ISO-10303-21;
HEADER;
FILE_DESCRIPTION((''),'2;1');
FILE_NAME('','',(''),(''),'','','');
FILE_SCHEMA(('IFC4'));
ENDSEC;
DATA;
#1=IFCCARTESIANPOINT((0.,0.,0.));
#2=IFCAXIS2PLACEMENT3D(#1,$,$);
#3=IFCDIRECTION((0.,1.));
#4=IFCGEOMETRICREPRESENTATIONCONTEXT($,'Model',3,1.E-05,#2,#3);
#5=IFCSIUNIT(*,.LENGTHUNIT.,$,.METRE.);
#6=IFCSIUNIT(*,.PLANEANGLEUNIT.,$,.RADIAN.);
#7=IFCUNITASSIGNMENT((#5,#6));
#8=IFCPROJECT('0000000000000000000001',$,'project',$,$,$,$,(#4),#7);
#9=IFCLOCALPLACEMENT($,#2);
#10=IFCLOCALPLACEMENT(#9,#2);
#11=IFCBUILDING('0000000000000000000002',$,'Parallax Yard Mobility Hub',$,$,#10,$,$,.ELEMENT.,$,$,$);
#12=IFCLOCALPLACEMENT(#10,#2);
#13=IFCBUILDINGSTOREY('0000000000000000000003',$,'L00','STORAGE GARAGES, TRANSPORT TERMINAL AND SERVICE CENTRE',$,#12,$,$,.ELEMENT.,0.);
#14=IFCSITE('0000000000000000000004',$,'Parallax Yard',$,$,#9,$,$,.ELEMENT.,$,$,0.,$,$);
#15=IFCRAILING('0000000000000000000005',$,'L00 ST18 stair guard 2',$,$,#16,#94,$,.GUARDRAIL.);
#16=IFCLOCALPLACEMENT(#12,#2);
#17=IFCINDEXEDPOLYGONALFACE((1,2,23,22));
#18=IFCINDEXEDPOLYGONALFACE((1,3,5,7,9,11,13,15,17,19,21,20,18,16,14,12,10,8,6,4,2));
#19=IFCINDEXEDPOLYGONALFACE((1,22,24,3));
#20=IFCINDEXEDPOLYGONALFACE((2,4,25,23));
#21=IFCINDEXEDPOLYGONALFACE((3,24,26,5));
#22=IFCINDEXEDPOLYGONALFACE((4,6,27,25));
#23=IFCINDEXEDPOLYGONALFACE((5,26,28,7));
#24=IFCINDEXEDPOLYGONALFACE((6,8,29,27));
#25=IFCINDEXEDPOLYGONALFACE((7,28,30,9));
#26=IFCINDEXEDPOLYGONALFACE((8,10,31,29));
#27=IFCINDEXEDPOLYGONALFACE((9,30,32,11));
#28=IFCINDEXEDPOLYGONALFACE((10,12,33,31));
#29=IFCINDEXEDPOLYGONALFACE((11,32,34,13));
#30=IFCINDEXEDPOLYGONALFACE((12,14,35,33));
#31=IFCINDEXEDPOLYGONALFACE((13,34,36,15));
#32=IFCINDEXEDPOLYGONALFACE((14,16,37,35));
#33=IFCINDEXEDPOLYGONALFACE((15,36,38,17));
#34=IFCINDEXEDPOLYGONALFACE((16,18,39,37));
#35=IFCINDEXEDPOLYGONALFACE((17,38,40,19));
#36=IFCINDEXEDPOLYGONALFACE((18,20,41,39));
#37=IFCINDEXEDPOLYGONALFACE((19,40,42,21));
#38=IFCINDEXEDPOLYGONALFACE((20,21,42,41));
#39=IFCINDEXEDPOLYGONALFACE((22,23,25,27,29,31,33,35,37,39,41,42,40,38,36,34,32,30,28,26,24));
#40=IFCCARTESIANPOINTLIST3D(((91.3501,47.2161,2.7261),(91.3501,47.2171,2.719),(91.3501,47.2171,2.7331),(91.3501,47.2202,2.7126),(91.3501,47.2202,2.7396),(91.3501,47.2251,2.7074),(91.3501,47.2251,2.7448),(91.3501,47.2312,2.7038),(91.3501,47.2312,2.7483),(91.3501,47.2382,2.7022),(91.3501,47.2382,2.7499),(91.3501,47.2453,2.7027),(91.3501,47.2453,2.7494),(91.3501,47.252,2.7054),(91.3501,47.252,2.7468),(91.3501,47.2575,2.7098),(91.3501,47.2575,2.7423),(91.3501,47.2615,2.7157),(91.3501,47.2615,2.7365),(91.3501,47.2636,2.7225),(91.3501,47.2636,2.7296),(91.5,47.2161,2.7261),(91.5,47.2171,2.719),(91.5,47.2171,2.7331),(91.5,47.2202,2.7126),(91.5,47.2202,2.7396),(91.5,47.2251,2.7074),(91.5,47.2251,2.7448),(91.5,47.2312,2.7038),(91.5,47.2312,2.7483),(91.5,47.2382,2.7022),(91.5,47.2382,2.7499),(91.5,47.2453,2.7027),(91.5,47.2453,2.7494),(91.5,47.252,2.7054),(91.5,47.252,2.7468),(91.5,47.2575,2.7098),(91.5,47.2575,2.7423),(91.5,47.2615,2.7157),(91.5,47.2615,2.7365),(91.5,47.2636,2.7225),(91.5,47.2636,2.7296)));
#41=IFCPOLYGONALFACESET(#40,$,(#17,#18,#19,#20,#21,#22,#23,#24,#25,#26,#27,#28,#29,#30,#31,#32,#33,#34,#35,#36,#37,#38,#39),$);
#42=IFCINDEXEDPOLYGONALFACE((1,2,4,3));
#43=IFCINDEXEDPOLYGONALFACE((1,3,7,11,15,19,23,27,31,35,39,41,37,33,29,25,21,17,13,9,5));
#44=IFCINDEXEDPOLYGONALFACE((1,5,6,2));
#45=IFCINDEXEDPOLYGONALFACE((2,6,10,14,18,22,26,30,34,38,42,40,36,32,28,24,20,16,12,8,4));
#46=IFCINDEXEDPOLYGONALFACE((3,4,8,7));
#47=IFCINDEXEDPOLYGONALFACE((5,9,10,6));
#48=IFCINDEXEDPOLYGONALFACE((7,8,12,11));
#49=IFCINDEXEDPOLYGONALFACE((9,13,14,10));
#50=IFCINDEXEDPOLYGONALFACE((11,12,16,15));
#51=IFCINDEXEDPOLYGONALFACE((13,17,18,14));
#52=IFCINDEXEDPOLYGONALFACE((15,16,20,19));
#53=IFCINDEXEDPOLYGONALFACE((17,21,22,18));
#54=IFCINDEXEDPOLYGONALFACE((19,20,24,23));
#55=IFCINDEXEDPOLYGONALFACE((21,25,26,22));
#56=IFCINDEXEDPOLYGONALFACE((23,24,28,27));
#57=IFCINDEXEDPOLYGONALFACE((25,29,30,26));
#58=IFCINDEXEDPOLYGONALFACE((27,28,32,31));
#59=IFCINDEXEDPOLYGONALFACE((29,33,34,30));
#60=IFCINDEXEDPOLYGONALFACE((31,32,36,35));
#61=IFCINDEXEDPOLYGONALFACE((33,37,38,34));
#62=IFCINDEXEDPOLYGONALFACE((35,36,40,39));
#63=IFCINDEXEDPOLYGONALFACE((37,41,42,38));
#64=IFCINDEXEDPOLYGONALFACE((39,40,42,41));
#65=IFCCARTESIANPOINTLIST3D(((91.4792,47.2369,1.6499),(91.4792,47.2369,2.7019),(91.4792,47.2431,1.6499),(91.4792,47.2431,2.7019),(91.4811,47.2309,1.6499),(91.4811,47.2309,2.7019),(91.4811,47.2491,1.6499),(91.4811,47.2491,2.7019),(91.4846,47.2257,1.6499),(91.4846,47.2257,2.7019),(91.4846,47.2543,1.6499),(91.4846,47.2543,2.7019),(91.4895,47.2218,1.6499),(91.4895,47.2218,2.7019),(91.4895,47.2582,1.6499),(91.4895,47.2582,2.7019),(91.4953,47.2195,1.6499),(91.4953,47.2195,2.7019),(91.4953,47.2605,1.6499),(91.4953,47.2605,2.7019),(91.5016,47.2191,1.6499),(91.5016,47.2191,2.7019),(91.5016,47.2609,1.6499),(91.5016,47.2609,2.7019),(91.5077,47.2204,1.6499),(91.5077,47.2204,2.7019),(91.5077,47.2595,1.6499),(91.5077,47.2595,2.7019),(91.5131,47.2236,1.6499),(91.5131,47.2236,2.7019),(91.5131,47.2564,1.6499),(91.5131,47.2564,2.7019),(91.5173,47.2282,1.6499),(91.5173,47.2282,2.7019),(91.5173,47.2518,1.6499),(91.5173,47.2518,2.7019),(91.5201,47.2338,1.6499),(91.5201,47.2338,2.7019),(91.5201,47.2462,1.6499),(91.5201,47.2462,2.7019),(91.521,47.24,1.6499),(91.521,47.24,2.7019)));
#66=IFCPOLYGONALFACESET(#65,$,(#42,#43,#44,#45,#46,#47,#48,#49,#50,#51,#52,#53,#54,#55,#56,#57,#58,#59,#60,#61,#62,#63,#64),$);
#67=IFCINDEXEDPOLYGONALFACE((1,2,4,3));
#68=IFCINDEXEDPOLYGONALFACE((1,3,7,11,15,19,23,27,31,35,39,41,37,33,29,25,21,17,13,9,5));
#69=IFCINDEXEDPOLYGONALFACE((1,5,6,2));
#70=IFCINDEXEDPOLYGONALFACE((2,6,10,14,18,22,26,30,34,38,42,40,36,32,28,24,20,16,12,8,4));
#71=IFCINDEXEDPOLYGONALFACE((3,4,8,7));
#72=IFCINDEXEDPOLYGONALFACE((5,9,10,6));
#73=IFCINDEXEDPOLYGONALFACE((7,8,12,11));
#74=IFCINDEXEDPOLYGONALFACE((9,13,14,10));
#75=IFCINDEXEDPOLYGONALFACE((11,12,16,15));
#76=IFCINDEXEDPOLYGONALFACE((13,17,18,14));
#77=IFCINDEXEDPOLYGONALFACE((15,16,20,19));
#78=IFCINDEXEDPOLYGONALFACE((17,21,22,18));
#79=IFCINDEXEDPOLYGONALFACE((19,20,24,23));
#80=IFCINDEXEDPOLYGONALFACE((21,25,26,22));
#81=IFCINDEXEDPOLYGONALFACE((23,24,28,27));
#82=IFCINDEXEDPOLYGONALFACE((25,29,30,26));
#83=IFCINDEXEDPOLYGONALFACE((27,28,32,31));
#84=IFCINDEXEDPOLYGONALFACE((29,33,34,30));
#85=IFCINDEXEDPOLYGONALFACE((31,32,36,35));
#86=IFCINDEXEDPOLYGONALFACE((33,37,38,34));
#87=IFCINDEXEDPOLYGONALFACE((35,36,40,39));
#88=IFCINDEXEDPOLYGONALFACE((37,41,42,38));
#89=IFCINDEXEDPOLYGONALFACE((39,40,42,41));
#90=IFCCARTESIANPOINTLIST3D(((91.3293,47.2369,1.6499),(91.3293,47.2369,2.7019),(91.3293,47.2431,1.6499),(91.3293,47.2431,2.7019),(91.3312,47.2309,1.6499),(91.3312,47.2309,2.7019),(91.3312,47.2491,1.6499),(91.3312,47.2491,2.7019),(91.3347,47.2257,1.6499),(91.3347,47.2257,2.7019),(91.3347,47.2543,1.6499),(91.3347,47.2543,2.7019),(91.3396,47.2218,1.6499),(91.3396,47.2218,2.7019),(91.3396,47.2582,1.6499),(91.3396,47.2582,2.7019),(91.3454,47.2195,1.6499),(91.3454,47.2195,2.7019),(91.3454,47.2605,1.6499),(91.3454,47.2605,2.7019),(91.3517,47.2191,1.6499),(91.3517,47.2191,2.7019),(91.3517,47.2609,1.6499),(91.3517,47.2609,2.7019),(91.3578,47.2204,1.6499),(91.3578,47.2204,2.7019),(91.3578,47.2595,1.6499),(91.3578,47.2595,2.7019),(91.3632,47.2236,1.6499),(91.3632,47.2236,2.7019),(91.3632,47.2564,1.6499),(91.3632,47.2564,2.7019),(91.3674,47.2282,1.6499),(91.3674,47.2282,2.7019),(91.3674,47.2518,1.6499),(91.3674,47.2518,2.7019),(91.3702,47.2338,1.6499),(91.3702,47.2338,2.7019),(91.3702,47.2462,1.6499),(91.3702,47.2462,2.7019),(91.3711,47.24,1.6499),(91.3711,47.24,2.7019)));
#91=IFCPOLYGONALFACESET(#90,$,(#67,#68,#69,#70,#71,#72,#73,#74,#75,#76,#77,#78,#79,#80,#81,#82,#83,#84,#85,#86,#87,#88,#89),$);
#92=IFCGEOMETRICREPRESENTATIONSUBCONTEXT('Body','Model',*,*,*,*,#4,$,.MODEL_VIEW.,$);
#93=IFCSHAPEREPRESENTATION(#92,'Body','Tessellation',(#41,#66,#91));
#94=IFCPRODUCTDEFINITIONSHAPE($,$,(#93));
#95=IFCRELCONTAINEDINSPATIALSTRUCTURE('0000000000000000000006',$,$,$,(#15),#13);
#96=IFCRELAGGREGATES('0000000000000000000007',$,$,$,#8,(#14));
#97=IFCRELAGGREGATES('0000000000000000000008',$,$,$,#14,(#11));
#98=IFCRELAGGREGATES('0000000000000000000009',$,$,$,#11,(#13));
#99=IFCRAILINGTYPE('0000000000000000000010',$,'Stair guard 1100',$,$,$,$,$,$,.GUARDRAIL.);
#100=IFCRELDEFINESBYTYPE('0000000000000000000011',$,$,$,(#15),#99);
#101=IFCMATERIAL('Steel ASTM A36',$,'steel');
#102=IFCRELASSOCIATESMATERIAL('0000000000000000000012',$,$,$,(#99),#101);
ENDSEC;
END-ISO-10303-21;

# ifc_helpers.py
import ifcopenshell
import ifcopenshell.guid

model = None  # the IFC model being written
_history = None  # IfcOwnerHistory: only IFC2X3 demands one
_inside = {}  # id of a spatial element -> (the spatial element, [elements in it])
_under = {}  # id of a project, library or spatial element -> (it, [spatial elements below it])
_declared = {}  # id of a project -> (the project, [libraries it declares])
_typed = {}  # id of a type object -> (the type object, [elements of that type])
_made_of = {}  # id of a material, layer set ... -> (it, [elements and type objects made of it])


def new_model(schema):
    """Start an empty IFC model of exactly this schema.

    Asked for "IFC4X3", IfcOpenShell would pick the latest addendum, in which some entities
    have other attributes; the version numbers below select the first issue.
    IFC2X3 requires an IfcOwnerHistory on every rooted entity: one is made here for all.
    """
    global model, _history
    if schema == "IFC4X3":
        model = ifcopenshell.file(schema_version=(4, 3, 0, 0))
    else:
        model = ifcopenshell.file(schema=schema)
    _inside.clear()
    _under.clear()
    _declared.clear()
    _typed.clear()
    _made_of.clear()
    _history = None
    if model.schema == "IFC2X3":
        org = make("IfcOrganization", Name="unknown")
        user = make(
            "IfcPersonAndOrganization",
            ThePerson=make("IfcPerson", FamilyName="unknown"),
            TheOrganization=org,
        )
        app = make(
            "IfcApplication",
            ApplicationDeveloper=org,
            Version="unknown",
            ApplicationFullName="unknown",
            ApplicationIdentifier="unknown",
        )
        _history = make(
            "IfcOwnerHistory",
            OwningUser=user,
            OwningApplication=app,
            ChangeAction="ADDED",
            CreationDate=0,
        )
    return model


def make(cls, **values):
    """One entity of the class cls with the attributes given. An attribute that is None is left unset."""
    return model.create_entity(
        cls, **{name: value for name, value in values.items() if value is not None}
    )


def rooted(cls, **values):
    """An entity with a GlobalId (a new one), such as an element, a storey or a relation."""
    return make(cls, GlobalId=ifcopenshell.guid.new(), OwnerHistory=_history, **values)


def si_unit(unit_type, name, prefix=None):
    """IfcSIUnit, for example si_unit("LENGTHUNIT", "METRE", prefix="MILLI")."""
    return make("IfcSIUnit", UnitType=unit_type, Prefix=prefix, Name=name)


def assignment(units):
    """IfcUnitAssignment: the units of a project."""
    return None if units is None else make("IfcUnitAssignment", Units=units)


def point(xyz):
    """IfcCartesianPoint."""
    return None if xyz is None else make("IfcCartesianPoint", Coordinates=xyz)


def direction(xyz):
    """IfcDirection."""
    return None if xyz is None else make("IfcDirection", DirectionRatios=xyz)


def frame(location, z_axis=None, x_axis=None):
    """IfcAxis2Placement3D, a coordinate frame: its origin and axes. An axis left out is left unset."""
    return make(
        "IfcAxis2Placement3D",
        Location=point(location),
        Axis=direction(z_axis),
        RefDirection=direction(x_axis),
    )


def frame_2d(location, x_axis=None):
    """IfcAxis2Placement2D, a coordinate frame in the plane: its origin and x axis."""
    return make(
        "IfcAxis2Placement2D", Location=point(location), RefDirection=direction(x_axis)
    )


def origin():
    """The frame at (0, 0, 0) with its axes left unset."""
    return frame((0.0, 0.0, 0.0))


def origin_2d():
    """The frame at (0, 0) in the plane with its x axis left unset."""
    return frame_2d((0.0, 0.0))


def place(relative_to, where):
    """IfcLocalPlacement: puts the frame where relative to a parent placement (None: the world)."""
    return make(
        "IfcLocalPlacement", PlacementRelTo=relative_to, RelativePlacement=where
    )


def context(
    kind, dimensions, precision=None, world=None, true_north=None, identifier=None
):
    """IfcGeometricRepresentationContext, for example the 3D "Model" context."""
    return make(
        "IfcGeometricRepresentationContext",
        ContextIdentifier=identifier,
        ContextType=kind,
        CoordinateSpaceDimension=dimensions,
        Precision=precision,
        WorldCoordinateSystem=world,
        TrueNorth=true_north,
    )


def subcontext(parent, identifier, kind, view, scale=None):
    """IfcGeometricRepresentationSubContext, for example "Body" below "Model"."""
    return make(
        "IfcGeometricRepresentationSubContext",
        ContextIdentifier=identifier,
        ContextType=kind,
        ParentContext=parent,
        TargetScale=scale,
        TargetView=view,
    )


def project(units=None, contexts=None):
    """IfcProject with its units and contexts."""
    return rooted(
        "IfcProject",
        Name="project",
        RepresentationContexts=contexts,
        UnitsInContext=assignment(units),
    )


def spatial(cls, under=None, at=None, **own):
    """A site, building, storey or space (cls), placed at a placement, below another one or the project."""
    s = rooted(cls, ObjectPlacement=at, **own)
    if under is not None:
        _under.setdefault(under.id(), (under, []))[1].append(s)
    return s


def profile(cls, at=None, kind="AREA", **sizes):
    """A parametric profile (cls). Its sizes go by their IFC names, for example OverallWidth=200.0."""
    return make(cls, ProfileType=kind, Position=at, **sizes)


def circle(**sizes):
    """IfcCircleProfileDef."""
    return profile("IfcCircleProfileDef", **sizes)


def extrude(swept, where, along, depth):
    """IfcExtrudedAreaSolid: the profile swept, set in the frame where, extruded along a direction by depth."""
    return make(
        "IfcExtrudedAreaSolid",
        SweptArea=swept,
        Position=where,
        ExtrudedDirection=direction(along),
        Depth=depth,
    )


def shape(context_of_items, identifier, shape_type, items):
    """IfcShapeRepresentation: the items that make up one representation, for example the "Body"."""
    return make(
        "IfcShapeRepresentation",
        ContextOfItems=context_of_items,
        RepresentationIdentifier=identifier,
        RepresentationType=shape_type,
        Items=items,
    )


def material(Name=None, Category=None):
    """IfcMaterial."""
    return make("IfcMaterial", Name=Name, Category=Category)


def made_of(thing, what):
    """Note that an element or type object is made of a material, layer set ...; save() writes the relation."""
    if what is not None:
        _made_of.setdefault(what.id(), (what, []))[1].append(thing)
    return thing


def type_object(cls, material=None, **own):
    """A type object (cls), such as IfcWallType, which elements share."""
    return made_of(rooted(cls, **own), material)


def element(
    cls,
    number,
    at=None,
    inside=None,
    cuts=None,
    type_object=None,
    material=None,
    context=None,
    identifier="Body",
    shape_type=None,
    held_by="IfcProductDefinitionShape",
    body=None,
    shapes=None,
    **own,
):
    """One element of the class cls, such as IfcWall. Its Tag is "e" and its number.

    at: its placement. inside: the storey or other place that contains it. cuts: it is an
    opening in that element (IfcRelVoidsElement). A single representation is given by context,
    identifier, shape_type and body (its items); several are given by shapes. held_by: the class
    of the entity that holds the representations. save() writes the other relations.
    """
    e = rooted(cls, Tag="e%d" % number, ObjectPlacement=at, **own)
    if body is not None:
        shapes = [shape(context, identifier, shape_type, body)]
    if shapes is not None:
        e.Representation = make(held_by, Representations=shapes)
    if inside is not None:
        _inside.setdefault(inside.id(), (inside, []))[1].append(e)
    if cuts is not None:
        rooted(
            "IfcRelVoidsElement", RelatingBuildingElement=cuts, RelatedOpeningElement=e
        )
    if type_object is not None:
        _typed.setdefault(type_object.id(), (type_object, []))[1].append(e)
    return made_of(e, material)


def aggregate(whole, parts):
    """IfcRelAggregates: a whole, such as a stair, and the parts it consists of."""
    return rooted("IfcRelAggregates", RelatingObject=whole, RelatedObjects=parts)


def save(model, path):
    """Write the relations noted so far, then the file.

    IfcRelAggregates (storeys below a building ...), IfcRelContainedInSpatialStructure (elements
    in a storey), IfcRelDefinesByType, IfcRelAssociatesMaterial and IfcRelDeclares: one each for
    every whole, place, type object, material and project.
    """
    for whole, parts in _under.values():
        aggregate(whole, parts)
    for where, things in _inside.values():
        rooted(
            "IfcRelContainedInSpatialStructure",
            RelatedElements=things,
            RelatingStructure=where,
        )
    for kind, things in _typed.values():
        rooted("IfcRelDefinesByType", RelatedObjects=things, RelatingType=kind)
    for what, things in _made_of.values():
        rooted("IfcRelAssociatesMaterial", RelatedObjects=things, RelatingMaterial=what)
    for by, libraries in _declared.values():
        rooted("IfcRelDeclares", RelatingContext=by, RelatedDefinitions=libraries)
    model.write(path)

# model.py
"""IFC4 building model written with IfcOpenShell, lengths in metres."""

from ifc_helpers import new_model, si_unit, direction, frame, origin, origin_2d, place, context, subcontext, project, spatial, circle, extrude, material, type_object, element, save


model = new_model("IFC4")

# Units and contexts
model_context = context("Model", 3, precision=1e-05, world=origin(), true_north=direction((0.0, 1.0)))
body_context = subcontext(model_context, "Body", "Model", "MODEL_VIEW")
ifc_project = project(units=[si_unit("LENGTHUNIT", "METRE"), si_unit("PLANEANGLEUNIT", "RADIAN")], contexts=[model_context])

# Site, building, storey
site_placement = place(None, origin())
site = spatial("IfcSite", under=ifc_project, at=site_placement, Name="Parallax Yard", CompositionType="ELEMENT", RefElevation=0.0)
building_placement = place(site_placement, origin())
building = spatial("IfcBuilding", under=site, at=building_placement, Name="Parallax Yard Mobility Hub", CompositionType="ELEMENT")
storey_placement = place(building_placement, origin())
storey = spatial("IfcBuildingStorey", under=building, at=storey_placement, Name="L00", Description="STORAGE GARAGES, TRANSPORT TERMINAL AND SERVICE CENTRE", CompositionType="ELEMENT", Elevation=0.0)

# Railing
ifc_material_1 = material(Name="Steel ASTM A36", Category="steel")
railing_type_1 = type_object("IfcRailingType", Name="Stair guard 1100", PredefinedType="GUARDRAIL", material=ifc_material_1)
railing_1_placement = place(storey_placement, frame((91.5, 47.24, 1.6499)))
element("IfcRailing", 1, at=railing_1_placement, inside=storey, type_object=railing_type_1, Name="L00 ST18 stair guard 2", PredefinedType="GUARDRAIL", context=body_context, shape_type="SweptSolid", body=[
    extrude(circle(Radius=0.0239, at=origin_2d()), frame((0.0, 0.0, 1.0762), z_axis=(-1.0, 0.0, 0.0), x_axis=(0.0, -1.0, 0.0)), (0.0, 0.0, 1.0), 0.1499),
    extrude(circle(Radius=0.021, at=origin_2d()), origin(), (0.0, 0.0, 1.0), 1.052),
    extrude(circle(Radius=0.021, at=origin_2d()), frame((-0.1499, 0.0, 0.0)), (0.0, 0.0, 1.0), 1.052),
])

save(model, "model.ifc")
